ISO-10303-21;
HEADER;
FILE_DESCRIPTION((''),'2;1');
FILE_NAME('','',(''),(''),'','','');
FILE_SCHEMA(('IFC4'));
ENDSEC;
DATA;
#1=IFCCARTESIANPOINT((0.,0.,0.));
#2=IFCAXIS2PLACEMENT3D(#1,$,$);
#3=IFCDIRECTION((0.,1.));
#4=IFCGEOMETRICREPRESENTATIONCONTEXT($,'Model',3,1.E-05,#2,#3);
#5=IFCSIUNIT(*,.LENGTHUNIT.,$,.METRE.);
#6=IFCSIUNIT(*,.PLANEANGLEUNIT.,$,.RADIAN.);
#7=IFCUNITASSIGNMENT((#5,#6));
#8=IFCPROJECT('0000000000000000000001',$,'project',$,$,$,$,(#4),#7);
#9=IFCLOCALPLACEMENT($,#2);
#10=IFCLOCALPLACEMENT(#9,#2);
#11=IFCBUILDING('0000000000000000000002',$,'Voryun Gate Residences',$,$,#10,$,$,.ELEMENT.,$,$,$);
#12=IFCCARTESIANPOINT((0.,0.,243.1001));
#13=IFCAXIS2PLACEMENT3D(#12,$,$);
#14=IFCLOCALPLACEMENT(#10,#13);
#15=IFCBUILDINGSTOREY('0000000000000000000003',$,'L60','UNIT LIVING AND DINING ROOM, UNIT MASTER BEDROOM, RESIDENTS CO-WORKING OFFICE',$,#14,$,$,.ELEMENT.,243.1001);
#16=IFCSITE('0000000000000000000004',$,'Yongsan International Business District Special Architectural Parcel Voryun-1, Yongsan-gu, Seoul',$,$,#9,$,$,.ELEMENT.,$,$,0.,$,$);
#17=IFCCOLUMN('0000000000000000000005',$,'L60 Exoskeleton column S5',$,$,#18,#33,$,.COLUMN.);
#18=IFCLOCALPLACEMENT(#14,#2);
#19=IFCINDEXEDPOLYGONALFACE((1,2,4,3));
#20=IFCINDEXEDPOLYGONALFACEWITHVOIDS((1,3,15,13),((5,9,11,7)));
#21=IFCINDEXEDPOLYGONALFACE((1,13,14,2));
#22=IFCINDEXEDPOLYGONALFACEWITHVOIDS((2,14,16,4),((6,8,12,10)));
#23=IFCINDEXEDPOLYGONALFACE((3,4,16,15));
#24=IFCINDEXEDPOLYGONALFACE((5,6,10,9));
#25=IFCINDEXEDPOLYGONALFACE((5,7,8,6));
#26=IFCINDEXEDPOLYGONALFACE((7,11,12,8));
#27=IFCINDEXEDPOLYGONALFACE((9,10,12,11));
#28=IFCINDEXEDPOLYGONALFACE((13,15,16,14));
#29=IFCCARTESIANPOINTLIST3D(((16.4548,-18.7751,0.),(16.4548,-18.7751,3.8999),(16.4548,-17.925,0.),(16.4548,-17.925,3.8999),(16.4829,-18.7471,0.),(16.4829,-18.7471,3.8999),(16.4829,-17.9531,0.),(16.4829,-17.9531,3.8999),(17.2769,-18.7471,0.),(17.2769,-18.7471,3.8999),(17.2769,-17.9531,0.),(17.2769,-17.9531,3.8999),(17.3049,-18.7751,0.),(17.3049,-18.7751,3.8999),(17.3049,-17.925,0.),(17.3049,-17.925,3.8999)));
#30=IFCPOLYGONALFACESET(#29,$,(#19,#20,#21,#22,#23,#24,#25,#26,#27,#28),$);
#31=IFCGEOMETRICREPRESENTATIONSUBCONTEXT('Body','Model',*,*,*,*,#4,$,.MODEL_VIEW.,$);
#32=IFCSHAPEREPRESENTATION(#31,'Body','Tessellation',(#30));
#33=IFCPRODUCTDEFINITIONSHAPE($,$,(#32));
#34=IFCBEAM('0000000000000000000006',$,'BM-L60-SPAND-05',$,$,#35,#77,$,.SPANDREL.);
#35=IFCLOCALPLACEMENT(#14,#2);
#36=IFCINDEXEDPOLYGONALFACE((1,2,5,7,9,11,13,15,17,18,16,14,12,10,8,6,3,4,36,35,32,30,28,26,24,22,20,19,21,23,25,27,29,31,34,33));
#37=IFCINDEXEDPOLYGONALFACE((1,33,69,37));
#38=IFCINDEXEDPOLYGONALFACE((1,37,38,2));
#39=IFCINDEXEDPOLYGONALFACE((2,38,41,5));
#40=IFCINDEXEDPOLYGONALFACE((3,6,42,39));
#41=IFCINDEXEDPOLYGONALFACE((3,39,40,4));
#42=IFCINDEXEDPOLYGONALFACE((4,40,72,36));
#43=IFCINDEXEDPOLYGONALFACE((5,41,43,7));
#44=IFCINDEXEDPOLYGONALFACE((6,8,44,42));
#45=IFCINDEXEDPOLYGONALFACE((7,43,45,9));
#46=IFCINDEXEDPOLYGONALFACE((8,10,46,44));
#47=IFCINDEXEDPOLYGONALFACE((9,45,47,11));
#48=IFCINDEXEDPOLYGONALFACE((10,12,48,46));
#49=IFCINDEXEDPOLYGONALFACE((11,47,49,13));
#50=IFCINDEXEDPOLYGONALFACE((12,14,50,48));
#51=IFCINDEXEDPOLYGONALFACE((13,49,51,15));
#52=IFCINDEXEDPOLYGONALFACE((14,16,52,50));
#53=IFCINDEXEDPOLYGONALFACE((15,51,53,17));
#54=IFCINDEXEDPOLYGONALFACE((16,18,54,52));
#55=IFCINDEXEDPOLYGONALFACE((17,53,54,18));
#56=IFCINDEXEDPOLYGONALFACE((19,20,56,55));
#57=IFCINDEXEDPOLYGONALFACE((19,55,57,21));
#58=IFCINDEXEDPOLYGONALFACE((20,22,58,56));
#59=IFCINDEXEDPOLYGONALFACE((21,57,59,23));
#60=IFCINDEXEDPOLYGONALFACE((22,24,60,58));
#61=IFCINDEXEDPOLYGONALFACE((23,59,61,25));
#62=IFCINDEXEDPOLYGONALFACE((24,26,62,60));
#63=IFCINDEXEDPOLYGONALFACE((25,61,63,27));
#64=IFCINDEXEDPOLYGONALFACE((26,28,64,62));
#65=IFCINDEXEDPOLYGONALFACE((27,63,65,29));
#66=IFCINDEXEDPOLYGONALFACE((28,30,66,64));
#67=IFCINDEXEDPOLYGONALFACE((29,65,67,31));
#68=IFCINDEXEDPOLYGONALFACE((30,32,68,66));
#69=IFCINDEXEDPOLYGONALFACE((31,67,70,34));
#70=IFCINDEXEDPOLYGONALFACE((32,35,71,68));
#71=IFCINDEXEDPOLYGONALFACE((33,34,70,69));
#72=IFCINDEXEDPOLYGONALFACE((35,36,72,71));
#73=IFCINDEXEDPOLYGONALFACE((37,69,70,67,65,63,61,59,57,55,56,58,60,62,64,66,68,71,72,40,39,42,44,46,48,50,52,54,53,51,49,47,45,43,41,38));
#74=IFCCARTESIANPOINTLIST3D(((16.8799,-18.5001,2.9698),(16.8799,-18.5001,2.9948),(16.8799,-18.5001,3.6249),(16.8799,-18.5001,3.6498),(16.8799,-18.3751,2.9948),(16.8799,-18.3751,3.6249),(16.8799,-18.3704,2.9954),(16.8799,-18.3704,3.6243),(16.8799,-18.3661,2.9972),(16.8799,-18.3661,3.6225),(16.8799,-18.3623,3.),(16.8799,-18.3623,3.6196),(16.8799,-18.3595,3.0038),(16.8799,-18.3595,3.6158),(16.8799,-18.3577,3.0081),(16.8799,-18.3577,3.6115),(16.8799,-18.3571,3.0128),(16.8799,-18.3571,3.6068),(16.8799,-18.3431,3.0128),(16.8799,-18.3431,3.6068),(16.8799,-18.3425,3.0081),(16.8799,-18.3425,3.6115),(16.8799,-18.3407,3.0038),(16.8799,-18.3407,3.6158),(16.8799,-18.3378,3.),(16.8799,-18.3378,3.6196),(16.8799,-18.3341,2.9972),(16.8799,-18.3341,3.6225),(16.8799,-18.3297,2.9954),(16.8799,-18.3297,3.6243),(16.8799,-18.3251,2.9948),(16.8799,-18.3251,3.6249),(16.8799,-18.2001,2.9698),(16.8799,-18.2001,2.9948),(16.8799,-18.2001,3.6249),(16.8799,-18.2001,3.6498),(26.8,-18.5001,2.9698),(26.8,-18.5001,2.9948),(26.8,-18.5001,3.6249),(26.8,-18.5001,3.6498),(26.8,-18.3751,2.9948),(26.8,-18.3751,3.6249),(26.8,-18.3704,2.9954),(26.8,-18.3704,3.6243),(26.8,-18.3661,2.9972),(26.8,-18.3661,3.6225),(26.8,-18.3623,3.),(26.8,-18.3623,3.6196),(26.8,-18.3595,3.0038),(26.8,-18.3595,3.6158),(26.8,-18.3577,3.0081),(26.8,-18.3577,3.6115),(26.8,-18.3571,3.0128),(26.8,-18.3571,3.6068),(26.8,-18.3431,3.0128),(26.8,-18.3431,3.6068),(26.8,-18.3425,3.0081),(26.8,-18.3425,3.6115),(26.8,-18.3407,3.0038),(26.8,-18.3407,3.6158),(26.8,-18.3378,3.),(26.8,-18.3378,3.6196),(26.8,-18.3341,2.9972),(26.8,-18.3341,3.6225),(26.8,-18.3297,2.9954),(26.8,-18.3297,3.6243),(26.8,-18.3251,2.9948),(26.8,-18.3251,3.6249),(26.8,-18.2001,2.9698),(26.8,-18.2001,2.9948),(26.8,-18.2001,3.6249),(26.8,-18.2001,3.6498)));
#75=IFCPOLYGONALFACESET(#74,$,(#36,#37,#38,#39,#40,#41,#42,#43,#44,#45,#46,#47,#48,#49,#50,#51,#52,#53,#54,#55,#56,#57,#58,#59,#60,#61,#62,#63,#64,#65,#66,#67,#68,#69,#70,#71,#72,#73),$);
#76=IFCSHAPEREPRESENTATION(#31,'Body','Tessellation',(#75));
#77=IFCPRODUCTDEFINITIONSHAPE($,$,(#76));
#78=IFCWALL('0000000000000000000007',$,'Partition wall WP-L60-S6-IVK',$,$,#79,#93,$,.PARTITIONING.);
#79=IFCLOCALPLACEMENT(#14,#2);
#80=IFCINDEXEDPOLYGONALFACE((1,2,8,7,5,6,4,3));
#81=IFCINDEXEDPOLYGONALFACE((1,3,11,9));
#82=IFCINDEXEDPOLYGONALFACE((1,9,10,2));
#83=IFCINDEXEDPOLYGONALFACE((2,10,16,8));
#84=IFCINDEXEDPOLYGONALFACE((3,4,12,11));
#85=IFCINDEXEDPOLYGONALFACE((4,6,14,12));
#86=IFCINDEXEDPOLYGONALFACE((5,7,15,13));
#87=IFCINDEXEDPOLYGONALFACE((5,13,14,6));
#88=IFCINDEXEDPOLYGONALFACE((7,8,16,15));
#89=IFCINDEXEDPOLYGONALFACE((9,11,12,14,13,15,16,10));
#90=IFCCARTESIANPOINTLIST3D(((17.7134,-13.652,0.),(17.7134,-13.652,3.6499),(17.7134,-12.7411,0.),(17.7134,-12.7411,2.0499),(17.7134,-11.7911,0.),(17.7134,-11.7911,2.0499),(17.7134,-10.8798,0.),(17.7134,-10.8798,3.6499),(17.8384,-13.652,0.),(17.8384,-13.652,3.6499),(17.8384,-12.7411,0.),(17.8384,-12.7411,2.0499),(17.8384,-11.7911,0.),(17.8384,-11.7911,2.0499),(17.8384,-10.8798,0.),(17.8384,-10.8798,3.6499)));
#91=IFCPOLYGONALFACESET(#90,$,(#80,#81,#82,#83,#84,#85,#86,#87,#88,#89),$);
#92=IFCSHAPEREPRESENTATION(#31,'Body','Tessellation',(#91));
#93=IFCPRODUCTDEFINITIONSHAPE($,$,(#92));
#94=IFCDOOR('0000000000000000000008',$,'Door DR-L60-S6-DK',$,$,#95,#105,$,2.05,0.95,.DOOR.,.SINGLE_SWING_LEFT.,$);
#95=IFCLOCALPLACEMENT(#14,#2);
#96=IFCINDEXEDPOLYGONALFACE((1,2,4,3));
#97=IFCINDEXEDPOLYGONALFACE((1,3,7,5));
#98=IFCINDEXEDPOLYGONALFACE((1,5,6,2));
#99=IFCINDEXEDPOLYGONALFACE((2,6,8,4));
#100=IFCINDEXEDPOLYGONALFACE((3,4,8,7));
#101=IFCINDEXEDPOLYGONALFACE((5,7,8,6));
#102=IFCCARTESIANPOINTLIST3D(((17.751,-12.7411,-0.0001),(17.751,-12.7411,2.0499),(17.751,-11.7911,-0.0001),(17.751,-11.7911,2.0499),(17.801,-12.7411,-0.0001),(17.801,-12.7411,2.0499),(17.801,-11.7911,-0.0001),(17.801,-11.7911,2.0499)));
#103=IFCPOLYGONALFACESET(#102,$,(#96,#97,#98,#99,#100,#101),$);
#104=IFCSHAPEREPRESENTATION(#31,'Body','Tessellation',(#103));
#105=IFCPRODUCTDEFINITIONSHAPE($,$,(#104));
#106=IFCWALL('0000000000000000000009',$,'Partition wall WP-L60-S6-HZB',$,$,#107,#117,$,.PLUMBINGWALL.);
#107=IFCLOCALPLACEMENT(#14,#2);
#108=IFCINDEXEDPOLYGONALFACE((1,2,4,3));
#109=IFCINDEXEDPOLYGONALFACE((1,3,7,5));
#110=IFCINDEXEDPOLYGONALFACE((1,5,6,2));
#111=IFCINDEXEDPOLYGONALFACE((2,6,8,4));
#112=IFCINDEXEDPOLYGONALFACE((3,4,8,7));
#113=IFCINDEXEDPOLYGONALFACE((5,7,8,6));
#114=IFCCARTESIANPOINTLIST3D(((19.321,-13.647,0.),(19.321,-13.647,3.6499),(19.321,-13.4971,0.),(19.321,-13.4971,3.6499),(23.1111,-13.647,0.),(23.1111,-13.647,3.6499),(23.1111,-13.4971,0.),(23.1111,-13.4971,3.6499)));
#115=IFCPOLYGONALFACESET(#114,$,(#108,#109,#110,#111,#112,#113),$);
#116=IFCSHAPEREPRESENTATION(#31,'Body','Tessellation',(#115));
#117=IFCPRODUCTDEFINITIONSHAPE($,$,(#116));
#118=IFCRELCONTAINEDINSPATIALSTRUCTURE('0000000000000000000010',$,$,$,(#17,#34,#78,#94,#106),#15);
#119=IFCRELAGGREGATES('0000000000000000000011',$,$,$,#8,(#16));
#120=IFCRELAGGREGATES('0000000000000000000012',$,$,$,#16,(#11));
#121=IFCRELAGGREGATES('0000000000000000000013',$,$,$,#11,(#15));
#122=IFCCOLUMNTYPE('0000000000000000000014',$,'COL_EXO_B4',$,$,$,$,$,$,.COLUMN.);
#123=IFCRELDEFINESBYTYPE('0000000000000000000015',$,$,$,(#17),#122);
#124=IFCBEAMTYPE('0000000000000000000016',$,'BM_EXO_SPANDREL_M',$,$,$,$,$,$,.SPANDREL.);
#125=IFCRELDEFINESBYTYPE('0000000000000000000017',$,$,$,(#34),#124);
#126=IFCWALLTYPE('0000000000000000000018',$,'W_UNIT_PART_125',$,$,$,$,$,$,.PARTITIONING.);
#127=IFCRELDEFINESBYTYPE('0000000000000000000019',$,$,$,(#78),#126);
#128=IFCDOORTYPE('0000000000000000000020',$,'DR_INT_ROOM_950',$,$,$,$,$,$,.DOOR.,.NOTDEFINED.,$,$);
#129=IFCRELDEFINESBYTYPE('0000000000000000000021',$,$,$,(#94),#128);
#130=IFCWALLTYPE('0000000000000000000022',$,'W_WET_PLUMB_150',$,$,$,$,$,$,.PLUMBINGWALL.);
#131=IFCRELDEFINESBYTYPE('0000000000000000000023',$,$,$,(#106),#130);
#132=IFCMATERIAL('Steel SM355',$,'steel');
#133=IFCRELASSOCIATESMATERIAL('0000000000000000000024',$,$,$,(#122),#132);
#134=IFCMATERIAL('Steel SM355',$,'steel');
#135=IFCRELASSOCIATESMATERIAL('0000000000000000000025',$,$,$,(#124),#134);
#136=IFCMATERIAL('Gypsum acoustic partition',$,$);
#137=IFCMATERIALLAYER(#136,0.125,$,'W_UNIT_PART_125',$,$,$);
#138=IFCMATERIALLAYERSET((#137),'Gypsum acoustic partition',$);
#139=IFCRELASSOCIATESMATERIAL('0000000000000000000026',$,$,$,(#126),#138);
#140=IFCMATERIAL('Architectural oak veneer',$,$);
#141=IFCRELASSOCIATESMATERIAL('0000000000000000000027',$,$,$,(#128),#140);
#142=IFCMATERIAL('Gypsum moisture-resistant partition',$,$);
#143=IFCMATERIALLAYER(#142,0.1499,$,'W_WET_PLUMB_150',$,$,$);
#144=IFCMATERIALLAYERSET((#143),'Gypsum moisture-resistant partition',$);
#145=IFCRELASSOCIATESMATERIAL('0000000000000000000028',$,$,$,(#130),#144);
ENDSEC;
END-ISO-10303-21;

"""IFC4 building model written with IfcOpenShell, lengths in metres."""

from ifc_helpers import new_model, si_unit, direction, frame, frame_2d, origin, origin_2d, place, context, subcontext, project, spatial, rectangle, hollow_rectangle, i_section, extrude, material, layer, layer_set, material_profile, profile_set, type_object, element, fill, save


model = new_model("IFC4")

# Units and contexts
model_context = context("Model", 3, precision=1e-05, world=origin(), true_north=direction((0.0, 1.0)))
body_context = subcontext(model_context, "Body", "Model", "MODEL_VIEW")
ifc_project = project(units=[si_unit("LENGTHUNIT", "METRE"), si_unit("PLANEANGLEUNIT", "RADIAN")], contexts=[model_context])

# Site, building, storey
site_placement = place(None, origin())
site = spatial("IfcSite", under=ifc_project, at=site_placement, Name="Yongsan International Business District Special Architectural Parcel Voryun-1, Yongsan-gu, Seoul", CompositionType="ELEMENT", RefElevation=0.0)
building_placement = place(site_placement, origin())
building = spatial("IfcBuilding", under=site, at=building_placement, Name="Voryun Gate Residences", CompositionType="ELEMENT")
storey_placement = place(building_placement, frame((0.0, 0.0, 243.1001)))
storey = spatial("IfcBuildingStorey", under=building, at=storey_placement, Name="L60", Description="UNIT LIVING AND DINING ROOM, UNIT MASTER BEDROOM, RESIDENTS CO-WORKING OFFICE", CompositionType="ELEMENT", Elevation=243.1001)

# Column
ifc_material_1 = material(Name="Steel SM355", Category="steel")
ifc_material_profile_1 = material_profile(ifc_material_1, hollow_rectangle(XDim=0.8501, YDim=0.8501, WallThickness=0.0281, at=origin_2d()), Name="BOX-850x850x28")
ifc_profile_set_1 = profile_set([ifc_material_profile_1], Name="Steel SM355")
column_type = type_object("IfcColumnType", Name="COL_EXO_B4", PredefinedType="COLUMN", material=ifc_profile_set_1)
column_placement = place(storey_placement, frame((16.8799, -18.3501, 0.0), z_axis=(0.0, 0.0, 1.0), x_axis=(1.0, 0.0, 0.0)))
element("IfcColumn", 1, at=column_placement, inside=storey, type_object=column_type, Name="L60 Exoskeleton column S5", PredefinedType="COLUMN", context=body_context, shape_type="SweptSolid", body=[
    extrude(hollow_rectangle(XDim=0.8501, YDim=0.8501, WallThickness=0.0281, at=origin_2d()), origin(), (0.0, 0.0, 1.0), 3.8999),
])

# Beam
ifc_material_2 = material(Name="Steel SM355", Category="steel")
ifc_material_profile_2 = material_profile(ifc_material_2, i_section(OverallWidth=0.3, OverallDepth=0.6799, WebThickness=0.0139, FlangeThickness=0.0249, FilletRadius=0.0181, at=origin_2d()), Name="H-680x300x14x25")
ifc_profile_set_2 = profile_set([ifc_material_profile_2], Name="Steel SM355")
beam_type = type_object("IfcBeamType", Name="BM_EXO_SPANDREL_M", PredefinedType="SPANDREL", material=ifc_profile_set_2)
beam_placement = place(storey_placement, frame((16.8799, -18.3501, 3.3098), z_axis=(1.0, 0.0, 0.0), x_axis=(0.0, 1.0, 0.0)))
element("IfcBeam", 2, at=beam_placement, inside=storey, type_object=beam_type, Name="BM-L60-SPAND-05", PredefinedType="SPANDREL", context=body_context, shape_type="SweptSolid", body=[
    extrude(i_section(OverallWidth=0.3, OverallDepth=0.6799, WebThickness=0.0139, FlangeThickness=0.0249, FilletRadius=0.0181, at=origin_2d()), origin(), (0.0, 0.0, 1.0), 9.9202),
])

# Wall, opening, door
ifc_material_3 = material(Name="Gypsum acoustic partition")
ifc_layer_1 = layer(ifc_material_3, 0.125, Name="W_UNIT_PART_125")
ifc_layer_set_1 = layer_set([ifc_layer_1], Name="Gypsum acoustic partition")
wall_type_1 = type_object("IfcWallType", Name="W_UNIT_PART_125", PredefinedType="PARTITIONING", material=ifc_layer_set_1)
wall_1_placement = place(storey_placement, frame((17.7759, -13.6521, 0.0), z_axis=(0.0, 0.0, 1.0), x_axis=(0.0, 1.0, 0.0)))
wall_1 = element("IfcWall", 3, at=wall_1_placement, inside=storey, type_object=wall_type_1, Name="Partition wall WP-L60-S6-IVK", PredefinedType="PARTITIONING", context=body_context, shape_type="SweptSolid", body=[
    extrude(rectangle(XDim=2.7722, YDim=0.125, at=frame_2d((1.3862, 0.0))), origin(), (0.0, 0.0, 1.0), 3.6499),
])
opening_placement = place(wall_1_placement, frame((0.9109, 0.0, 0.0)))
opening = element("IfcOpeningElement", 4, at=opening_placement, cuts=wall_1, PredefinedType="OPENING", context=body_context, shape_type="SweptSolid", body=[
    extrude(rectangle(XDim=0.95, YDim=2.05, at=frame_2d((0.4751, 1.0249))), frame((0.0, 0.0725, 0.0), z_axis=(0.0, -1.0, 0.0), x_axis=(1.0, 0.0, 0.0)), (0.0, 0.0, 1.0), 0.145),
])
ifc_material_4 = material(Name="Architectural oak veneer")
door_type = type_object("IfcDoorType", Name="DR_INT_ROOM_950", OperationType="NOTDEFINED", PredefinedType="DOOR", material=ifc_material_4)
door_placement = place(opening_placement, origin())
door = element("IfcDoor", 5, at=door_placement, inside=storey, type_object=door_type, Name="Door DR-L60-S6-DK", OperationType="SINGLE_SWING_LEFT", OverallHeight=2.05, OverallWidth=0.95, PredefinedType="DOOR", context=body_context, shape_type="SweptSolid", body=[
    extrude(rectangle(XDim=0.95, YDim=2.05, at=frame_2d((0.4751, 1.0249))), frame((0.0, 0.0249, 0.0), z_axis=(0.0, -1.0, 0.0), x_axis=(1.0, 0.0, 0.0)), (0.0, 0.0, 1.0), 0.05),
])
fill(opening, door)

# Wall
ifc_material_5 = material(Name="Gypsum moisture-resistant partition")
ifc_layer_2 = layer(ifc_material_5, 0.1499, Name="W_WET_PLUMB_150")
ifc_layer_set_2 = layer_set([ifc_layer_2], Name="Gypsum moisture-resistant partition")
wall_type_2 = type_object("IfcWallType", Name="W_WET_PLUMB_150", PredefinedType="PLUMBINGWALL", material=ifc_layer_set_2)
wall_2_placement = place(storey_placement, frame((19.321, -13.572, 0.0), z_axis=(0.0, 0.0, 1.0), x_axis=(1.0, 0.0, 0.0)))
element("IfcWall", 6, at=wall_2_placement, inside=storey, type_object=wall_type_2, Name="Partition wall WP-L60-S6-HZB", PredefinedType="PLUMBINGWALL", context=body_context, shape_type="SweptSolid", body=[
    extrude(rectangle(XDim=3.79, YDim=0.1499, at=frame_2d((1.895, 0.0))), origin(), (0.0, 0.0, 1.0), 3.6499),
])

save(model, "model.ifc")
